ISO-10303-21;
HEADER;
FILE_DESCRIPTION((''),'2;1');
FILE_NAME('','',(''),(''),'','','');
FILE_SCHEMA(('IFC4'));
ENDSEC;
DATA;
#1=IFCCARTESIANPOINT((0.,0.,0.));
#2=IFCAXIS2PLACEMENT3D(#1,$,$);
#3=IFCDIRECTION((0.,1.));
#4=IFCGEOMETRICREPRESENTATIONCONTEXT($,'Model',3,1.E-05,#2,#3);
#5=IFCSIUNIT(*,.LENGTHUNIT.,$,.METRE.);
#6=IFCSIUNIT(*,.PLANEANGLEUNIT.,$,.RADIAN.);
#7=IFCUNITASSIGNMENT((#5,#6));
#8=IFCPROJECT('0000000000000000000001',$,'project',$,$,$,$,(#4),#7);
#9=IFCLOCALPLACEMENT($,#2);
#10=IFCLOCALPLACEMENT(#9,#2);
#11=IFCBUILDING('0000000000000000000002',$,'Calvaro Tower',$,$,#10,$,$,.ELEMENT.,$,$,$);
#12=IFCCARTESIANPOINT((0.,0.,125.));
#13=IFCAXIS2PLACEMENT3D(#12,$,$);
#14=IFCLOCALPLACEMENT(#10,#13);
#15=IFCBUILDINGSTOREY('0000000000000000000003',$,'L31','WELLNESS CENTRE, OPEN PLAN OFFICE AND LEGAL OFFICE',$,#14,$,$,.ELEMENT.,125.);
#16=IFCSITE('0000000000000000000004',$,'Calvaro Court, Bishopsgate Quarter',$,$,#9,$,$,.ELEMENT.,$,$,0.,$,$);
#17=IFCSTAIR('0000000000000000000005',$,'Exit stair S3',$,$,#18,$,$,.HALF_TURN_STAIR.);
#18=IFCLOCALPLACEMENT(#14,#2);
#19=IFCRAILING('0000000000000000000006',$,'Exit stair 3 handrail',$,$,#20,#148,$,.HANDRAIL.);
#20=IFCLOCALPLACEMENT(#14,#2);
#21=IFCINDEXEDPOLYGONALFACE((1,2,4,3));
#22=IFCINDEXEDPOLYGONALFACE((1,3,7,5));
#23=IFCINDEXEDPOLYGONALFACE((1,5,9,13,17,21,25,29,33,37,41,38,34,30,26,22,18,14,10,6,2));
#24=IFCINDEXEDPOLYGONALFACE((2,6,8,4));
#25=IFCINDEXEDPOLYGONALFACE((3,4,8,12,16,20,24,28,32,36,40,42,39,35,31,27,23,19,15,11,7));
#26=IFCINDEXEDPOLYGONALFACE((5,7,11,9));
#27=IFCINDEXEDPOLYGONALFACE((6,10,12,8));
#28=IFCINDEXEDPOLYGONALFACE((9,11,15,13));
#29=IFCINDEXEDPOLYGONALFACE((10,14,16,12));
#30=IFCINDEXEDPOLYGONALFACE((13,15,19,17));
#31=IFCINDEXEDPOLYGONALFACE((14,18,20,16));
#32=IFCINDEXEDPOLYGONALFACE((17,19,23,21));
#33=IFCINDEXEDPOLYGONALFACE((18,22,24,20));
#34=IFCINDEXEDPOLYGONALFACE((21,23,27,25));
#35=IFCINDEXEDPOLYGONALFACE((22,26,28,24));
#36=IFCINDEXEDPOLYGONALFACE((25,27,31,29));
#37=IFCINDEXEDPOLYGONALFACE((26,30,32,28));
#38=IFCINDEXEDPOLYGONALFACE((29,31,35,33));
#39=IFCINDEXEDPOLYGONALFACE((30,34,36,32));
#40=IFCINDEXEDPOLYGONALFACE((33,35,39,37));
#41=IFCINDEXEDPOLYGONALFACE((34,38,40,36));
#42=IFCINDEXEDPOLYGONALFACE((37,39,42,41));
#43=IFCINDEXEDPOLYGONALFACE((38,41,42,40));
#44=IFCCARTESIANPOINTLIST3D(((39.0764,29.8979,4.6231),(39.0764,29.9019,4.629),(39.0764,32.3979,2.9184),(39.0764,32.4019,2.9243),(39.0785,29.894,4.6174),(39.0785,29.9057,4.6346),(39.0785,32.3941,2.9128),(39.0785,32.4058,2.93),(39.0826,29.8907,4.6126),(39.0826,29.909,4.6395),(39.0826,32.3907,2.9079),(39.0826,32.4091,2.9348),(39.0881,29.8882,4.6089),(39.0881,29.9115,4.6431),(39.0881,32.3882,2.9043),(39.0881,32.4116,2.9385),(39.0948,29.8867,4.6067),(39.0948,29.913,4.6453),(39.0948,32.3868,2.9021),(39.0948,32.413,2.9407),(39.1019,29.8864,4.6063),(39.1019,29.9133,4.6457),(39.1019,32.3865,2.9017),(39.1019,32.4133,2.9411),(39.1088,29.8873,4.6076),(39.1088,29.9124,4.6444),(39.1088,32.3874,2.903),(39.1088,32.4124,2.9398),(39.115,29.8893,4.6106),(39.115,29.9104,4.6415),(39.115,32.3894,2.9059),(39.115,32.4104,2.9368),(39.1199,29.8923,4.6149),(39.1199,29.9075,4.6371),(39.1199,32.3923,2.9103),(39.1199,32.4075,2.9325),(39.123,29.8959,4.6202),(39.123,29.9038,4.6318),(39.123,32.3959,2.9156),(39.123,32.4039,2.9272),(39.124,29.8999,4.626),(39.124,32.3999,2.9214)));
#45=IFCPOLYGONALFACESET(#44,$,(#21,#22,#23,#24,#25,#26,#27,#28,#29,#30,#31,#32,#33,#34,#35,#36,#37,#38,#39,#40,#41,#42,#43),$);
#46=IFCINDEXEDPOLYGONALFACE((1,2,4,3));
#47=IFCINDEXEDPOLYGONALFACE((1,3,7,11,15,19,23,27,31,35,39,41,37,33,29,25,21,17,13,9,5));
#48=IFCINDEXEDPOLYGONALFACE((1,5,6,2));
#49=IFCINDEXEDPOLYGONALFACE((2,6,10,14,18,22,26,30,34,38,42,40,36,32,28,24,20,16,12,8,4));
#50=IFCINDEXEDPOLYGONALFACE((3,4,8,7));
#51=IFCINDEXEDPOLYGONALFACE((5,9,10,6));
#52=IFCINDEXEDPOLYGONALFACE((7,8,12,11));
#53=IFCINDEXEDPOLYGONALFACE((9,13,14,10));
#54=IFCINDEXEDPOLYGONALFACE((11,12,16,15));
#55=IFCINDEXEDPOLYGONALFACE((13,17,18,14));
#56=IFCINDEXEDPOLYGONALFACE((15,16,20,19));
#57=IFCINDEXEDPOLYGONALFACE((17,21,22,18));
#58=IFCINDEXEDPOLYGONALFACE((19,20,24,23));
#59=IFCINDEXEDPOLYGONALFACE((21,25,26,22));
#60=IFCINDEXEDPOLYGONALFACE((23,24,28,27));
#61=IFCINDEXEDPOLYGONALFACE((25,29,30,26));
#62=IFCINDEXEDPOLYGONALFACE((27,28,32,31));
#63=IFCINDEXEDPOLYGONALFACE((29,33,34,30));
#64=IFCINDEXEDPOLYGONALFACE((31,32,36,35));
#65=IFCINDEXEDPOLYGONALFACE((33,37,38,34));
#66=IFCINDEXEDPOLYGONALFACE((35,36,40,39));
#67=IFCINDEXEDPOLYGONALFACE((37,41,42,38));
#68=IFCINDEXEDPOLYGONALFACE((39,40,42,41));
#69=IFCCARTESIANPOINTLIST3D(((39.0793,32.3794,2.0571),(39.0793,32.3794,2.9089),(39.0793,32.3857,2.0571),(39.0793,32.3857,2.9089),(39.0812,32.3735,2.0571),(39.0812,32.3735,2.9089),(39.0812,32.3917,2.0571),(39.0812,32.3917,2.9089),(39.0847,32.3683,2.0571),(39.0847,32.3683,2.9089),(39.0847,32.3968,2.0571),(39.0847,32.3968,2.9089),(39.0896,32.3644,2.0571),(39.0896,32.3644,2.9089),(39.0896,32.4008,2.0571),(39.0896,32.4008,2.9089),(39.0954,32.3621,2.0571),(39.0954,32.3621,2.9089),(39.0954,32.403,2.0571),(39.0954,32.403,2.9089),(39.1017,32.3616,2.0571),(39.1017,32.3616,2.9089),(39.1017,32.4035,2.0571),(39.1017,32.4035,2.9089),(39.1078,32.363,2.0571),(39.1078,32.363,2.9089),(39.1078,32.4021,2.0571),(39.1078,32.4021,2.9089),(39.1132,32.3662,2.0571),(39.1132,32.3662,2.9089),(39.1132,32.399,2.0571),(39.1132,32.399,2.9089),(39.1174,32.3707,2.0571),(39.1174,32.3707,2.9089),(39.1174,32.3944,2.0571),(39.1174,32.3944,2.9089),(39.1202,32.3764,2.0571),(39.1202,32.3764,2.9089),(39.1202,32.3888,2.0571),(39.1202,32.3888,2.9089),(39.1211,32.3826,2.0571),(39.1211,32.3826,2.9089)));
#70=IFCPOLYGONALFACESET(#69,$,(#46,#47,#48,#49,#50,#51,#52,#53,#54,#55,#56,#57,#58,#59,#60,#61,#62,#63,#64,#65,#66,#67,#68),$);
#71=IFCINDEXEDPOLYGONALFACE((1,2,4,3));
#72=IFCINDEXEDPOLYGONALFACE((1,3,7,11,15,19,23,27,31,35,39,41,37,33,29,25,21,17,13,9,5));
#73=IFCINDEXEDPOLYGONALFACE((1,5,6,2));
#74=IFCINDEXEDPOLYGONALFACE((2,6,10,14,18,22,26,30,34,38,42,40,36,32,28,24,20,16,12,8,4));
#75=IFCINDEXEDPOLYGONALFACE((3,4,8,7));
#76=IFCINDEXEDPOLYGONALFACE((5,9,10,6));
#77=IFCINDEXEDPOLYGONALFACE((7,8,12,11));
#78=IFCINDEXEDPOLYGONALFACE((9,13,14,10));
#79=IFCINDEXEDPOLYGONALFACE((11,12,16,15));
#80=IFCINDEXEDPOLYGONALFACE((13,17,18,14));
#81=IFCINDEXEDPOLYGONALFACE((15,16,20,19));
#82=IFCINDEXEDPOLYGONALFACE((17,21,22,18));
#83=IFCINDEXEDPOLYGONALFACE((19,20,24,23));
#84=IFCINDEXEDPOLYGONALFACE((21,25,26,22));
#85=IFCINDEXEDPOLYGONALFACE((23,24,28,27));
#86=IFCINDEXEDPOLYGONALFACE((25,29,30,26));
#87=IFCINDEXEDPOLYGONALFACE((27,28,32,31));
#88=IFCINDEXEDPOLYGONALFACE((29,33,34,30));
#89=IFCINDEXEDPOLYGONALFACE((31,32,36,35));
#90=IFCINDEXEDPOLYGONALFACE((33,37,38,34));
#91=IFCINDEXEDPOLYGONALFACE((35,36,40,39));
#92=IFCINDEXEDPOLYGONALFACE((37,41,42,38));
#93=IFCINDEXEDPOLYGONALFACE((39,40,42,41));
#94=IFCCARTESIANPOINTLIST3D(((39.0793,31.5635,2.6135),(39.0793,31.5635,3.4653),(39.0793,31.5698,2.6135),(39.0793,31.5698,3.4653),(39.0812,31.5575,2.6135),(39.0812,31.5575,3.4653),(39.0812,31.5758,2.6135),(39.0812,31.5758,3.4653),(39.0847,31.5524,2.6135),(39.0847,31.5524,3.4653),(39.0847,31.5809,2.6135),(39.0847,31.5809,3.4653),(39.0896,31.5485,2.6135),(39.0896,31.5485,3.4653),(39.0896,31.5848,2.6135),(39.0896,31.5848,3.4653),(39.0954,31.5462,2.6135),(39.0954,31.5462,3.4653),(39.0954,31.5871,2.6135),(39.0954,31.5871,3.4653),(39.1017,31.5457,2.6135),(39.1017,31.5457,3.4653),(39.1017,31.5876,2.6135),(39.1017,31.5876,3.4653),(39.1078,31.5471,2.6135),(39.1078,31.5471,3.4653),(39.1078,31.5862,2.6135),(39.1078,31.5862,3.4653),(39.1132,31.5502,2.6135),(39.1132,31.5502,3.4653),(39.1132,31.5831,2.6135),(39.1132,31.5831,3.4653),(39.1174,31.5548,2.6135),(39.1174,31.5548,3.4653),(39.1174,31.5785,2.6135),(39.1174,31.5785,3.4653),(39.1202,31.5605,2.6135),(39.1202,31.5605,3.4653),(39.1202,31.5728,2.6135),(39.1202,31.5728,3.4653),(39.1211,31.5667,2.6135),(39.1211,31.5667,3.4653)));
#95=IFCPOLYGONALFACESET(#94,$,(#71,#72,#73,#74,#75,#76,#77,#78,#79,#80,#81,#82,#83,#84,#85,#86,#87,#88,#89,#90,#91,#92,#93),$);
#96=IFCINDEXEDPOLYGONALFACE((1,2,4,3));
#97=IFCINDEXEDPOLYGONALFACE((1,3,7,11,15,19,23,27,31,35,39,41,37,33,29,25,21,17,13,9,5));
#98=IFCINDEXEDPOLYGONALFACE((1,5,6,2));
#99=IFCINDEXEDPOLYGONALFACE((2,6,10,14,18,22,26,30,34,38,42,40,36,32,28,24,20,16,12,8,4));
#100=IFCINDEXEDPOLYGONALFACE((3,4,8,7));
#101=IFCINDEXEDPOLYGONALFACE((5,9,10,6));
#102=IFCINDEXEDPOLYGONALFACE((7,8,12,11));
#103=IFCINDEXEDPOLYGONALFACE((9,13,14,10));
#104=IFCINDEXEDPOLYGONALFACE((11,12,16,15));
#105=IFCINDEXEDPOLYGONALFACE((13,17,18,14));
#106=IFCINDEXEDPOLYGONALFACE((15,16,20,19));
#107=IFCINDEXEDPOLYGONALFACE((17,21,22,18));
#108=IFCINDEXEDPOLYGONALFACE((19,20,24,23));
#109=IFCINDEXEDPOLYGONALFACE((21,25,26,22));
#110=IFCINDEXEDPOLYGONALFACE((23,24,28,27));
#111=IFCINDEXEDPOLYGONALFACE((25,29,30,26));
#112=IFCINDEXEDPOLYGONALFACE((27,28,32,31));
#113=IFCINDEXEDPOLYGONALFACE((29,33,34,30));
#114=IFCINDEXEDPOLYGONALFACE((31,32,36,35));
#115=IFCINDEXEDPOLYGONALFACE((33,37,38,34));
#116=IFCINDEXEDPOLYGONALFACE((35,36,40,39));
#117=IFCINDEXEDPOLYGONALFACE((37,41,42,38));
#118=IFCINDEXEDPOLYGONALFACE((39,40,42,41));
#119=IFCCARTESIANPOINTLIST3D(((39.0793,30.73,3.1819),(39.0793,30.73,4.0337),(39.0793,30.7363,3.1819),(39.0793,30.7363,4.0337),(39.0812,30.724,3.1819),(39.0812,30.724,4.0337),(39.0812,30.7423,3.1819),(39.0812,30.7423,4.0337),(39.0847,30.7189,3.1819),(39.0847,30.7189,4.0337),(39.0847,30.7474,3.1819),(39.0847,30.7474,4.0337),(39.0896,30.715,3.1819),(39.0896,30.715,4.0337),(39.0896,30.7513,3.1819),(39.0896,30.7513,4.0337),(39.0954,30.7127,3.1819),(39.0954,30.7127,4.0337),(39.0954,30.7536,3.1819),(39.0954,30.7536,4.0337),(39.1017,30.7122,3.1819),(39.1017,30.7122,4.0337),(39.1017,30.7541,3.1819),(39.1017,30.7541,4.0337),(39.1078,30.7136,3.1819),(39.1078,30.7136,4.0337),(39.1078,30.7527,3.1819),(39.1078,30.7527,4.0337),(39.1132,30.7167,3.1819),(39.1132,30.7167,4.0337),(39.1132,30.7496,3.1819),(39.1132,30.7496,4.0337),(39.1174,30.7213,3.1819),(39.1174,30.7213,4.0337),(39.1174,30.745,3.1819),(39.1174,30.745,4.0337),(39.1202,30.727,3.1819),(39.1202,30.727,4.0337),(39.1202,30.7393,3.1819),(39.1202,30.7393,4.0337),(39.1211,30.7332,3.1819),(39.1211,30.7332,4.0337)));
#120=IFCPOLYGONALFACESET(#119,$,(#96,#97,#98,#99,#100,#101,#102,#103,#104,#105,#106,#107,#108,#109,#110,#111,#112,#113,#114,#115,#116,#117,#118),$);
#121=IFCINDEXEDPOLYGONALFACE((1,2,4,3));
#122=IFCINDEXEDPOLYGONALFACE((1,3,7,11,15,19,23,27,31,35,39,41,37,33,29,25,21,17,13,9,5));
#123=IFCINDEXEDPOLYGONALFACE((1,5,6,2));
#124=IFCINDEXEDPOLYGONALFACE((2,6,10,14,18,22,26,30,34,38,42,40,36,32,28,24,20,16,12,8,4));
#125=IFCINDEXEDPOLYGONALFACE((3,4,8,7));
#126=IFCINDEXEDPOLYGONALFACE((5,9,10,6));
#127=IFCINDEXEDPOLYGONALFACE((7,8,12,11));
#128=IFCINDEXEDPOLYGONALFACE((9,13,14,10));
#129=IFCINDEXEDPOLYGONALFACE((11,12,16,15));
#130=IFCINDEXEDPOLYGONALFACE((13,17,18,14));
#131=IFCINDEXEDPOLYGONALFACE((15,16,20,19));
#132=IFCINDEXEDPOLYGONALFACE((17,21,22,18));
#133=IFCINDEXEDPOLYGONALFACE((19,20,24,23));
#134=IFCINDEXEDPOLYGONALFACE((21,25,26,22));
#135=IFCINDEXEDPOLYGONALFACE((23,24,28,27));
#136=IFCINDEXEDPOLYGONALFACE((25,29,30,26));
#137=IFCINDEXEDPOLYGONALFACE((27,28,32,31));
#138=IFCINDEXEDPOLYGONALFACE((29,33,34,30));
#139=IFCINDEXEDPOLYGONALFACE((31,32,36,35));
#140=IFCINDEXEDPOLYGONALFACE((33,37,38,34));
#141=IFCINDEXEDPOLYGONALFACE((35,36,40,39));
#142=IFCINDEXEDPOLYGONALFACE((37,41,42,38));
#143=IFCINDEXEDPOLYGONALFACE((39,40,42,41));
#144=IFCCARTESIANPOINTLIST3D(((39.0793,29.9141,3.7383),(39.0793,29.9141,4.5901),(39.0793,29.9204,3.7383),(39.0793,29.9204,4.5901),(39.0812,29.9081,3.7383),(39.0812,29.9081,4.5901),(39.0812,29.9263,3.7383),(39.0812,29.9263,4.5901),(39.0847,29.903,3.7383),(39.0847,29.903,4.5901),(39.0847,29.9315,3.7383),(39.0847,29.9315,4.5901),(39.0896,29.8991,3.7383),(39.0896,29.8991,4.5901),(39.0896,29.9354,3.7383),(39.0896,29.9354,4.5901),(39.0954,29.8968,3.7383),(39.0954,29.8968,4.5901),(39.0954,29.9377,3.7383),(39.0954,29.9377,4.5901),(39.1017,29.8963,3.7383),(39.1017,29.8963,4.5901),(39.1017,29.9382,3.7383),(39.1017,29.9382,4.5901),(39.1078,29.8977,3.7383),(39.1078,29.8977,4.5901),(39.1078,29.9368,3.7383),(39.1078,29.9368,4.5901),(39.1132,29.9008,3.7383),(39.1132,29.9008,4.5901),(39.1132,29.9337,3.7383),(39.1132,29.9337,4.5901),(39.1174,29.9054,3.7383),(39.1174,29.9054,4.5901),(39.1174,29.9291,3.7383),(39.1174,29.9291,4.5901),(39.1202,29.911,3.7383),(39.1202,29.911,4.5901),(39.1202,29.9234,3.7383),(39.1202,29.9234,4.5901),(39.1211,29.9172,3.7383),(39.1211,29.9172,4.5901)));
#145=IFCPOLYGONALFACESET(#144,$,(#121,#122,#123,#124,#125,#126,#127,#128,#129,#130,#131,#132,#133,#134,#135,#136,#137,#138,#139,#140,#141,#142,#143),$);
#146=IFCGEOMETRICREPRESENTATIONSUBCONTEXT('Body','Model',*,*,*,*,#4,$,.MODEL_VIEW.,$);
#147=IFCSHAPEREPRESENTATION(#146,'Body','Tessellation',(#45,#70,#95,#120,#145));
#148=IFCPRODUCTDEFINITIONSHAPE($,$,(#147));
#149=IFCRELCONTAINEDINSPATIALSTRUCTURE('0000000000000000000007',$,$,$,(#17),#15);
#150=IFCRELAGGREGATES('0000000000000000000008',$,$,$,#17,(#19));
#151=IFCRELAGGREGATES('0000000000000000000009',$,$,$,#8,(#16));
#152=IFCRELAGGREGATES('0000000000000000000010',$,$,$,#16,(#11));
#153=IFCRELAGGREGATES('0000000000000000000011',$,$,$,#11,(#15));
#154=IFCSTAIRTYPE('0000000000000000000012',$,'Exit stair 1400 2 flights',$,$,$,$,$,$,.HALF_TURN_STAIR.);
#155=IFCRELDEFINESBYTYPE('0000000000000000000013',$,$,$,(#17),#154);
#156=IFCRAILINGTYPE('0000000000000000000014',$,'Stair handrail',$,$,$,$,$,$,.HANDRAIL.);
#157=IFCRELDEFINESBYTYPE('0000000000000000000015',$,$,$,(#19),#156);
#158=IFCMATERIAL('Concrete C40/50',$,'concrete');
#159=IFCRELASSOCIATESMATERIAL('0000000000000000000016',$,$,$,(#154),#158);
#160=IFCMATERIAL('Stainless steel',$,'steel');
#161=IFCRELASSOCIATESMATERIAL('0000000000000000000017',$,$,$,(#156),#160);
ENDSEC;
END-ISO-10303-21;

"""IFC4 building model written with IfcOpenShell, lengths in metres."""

from ifc_helpers import new_model, si_unit, direction, frame, origin, origin_2d, place, context, subcontext, project, spatial, circle, extrude, material, type_object, element, aggregate, save


model = new_model("IFC4")

# Units and contexts
model_context = context("Model", 3, precision=1e-05, world=origin(), true_north=direction((0.0, 1.0)))
body_context = subcontext(model_context, "Body", "Model", "MODEL_VIEW")
ifc_project = project(units=[si_unit("LENGTHUNIT", "METRE"), si_unit("PLANEANGLEUNIT", "RADIAN")], contexts=[model_context])

# Site, building, storey
site_placement = place(None, origin())
site = spatial("IfcSite", under=ifc_project, at=site_placement, Name="Calvaro Court, Bishopsgate Quarter", CompositionType="ELEMENT", RefElevation=0.0)
building_placement = place(site_placement, origin())
building = spatial("IfcBuilding", under=site, at=building_placement, Name="Calvaro Tower", CompositionType="ELEMENT")
storey_placement = place(building_placement, frame((0.0, 0.0, 125.0)))
storey = spatial("IfcBuildingStorey", under=building, at=storey_placement, Name="L31", Description="WELLNESS CENTRE, OPEN PLAN OFFICE AND LEGAL OFFICE", CompositionType="ELEMENT", Elevation=125.0)

# Stair
ifc_material_1 = material(Name="Concrete C40/50", Category="concrete")
stair_type = type_object("IfcStairType", Name="Exit stair 1400 2 flights", PredefinedType="HALF_TURN_STAIR", material=ifc_material_1)
stair_1_placement = place(storey_placement, origin())
stair_1 = element("IfcStair", 1, at=stair_1_placement, inside=storey, type_object=stair_type, Name="Exit stair S3", PredefinedType="HALF_TURN_STAIR")

# Railing
ifc_material_2 = material(Name="Stainless steel", Category="steel")
railing_type = type_object("IfcRailingType", Name="Stair handrail", PredefinedType="HANDRAIL", material=ifc_material_2)
railing_1_placement = place(storey_placement, frame((39.1001, 32.3999, 2.0454)))
railing_1 = element("IfcRailing", 2, at=railing_1_placement, type_object=railing_type, Name="Exit stair 3 handrail", PredefinedType="HANDRAIL", context=body_context, shape_type="SweptSolid", body=[
    extrude(circle(Radius=0.0239, at=origin_2d()), frame((0.0, 0.0, 0.876), z_axis=(0.0, -0.826221, 0.563347), x_axis=(1.0, 0.0, 0.0)), (0.0, 0.0, 1.0), 3.0259),
    extrude(circle(Radius=0.021, at=origin_2d()), frame((0.0, -0.0173, 0.0117)), (0.0, 0.0, 1.0), 0.8518),
    extrude(circle(Radius=0.021, at=origin_2d()), frame((0.0, -0.8333, 0.5681)), (0.0, 0.0, 1.0), 0.8518),
    extrude(circle(Radius=0.021, at=origin_2d()), frame((0.0, -1.6667, 1.1365)), (0.0, 0.0, 1.0), 0.8518),
    extrude(circle(Radius=0.021, at=origin_2d()), frame((0.0, -2.4827, 1.6929)), (0.0, 0.0, 1.0), 0.8518),
])
aggregate(stair_1, [railing_1])

save(model, "model.ifc")
